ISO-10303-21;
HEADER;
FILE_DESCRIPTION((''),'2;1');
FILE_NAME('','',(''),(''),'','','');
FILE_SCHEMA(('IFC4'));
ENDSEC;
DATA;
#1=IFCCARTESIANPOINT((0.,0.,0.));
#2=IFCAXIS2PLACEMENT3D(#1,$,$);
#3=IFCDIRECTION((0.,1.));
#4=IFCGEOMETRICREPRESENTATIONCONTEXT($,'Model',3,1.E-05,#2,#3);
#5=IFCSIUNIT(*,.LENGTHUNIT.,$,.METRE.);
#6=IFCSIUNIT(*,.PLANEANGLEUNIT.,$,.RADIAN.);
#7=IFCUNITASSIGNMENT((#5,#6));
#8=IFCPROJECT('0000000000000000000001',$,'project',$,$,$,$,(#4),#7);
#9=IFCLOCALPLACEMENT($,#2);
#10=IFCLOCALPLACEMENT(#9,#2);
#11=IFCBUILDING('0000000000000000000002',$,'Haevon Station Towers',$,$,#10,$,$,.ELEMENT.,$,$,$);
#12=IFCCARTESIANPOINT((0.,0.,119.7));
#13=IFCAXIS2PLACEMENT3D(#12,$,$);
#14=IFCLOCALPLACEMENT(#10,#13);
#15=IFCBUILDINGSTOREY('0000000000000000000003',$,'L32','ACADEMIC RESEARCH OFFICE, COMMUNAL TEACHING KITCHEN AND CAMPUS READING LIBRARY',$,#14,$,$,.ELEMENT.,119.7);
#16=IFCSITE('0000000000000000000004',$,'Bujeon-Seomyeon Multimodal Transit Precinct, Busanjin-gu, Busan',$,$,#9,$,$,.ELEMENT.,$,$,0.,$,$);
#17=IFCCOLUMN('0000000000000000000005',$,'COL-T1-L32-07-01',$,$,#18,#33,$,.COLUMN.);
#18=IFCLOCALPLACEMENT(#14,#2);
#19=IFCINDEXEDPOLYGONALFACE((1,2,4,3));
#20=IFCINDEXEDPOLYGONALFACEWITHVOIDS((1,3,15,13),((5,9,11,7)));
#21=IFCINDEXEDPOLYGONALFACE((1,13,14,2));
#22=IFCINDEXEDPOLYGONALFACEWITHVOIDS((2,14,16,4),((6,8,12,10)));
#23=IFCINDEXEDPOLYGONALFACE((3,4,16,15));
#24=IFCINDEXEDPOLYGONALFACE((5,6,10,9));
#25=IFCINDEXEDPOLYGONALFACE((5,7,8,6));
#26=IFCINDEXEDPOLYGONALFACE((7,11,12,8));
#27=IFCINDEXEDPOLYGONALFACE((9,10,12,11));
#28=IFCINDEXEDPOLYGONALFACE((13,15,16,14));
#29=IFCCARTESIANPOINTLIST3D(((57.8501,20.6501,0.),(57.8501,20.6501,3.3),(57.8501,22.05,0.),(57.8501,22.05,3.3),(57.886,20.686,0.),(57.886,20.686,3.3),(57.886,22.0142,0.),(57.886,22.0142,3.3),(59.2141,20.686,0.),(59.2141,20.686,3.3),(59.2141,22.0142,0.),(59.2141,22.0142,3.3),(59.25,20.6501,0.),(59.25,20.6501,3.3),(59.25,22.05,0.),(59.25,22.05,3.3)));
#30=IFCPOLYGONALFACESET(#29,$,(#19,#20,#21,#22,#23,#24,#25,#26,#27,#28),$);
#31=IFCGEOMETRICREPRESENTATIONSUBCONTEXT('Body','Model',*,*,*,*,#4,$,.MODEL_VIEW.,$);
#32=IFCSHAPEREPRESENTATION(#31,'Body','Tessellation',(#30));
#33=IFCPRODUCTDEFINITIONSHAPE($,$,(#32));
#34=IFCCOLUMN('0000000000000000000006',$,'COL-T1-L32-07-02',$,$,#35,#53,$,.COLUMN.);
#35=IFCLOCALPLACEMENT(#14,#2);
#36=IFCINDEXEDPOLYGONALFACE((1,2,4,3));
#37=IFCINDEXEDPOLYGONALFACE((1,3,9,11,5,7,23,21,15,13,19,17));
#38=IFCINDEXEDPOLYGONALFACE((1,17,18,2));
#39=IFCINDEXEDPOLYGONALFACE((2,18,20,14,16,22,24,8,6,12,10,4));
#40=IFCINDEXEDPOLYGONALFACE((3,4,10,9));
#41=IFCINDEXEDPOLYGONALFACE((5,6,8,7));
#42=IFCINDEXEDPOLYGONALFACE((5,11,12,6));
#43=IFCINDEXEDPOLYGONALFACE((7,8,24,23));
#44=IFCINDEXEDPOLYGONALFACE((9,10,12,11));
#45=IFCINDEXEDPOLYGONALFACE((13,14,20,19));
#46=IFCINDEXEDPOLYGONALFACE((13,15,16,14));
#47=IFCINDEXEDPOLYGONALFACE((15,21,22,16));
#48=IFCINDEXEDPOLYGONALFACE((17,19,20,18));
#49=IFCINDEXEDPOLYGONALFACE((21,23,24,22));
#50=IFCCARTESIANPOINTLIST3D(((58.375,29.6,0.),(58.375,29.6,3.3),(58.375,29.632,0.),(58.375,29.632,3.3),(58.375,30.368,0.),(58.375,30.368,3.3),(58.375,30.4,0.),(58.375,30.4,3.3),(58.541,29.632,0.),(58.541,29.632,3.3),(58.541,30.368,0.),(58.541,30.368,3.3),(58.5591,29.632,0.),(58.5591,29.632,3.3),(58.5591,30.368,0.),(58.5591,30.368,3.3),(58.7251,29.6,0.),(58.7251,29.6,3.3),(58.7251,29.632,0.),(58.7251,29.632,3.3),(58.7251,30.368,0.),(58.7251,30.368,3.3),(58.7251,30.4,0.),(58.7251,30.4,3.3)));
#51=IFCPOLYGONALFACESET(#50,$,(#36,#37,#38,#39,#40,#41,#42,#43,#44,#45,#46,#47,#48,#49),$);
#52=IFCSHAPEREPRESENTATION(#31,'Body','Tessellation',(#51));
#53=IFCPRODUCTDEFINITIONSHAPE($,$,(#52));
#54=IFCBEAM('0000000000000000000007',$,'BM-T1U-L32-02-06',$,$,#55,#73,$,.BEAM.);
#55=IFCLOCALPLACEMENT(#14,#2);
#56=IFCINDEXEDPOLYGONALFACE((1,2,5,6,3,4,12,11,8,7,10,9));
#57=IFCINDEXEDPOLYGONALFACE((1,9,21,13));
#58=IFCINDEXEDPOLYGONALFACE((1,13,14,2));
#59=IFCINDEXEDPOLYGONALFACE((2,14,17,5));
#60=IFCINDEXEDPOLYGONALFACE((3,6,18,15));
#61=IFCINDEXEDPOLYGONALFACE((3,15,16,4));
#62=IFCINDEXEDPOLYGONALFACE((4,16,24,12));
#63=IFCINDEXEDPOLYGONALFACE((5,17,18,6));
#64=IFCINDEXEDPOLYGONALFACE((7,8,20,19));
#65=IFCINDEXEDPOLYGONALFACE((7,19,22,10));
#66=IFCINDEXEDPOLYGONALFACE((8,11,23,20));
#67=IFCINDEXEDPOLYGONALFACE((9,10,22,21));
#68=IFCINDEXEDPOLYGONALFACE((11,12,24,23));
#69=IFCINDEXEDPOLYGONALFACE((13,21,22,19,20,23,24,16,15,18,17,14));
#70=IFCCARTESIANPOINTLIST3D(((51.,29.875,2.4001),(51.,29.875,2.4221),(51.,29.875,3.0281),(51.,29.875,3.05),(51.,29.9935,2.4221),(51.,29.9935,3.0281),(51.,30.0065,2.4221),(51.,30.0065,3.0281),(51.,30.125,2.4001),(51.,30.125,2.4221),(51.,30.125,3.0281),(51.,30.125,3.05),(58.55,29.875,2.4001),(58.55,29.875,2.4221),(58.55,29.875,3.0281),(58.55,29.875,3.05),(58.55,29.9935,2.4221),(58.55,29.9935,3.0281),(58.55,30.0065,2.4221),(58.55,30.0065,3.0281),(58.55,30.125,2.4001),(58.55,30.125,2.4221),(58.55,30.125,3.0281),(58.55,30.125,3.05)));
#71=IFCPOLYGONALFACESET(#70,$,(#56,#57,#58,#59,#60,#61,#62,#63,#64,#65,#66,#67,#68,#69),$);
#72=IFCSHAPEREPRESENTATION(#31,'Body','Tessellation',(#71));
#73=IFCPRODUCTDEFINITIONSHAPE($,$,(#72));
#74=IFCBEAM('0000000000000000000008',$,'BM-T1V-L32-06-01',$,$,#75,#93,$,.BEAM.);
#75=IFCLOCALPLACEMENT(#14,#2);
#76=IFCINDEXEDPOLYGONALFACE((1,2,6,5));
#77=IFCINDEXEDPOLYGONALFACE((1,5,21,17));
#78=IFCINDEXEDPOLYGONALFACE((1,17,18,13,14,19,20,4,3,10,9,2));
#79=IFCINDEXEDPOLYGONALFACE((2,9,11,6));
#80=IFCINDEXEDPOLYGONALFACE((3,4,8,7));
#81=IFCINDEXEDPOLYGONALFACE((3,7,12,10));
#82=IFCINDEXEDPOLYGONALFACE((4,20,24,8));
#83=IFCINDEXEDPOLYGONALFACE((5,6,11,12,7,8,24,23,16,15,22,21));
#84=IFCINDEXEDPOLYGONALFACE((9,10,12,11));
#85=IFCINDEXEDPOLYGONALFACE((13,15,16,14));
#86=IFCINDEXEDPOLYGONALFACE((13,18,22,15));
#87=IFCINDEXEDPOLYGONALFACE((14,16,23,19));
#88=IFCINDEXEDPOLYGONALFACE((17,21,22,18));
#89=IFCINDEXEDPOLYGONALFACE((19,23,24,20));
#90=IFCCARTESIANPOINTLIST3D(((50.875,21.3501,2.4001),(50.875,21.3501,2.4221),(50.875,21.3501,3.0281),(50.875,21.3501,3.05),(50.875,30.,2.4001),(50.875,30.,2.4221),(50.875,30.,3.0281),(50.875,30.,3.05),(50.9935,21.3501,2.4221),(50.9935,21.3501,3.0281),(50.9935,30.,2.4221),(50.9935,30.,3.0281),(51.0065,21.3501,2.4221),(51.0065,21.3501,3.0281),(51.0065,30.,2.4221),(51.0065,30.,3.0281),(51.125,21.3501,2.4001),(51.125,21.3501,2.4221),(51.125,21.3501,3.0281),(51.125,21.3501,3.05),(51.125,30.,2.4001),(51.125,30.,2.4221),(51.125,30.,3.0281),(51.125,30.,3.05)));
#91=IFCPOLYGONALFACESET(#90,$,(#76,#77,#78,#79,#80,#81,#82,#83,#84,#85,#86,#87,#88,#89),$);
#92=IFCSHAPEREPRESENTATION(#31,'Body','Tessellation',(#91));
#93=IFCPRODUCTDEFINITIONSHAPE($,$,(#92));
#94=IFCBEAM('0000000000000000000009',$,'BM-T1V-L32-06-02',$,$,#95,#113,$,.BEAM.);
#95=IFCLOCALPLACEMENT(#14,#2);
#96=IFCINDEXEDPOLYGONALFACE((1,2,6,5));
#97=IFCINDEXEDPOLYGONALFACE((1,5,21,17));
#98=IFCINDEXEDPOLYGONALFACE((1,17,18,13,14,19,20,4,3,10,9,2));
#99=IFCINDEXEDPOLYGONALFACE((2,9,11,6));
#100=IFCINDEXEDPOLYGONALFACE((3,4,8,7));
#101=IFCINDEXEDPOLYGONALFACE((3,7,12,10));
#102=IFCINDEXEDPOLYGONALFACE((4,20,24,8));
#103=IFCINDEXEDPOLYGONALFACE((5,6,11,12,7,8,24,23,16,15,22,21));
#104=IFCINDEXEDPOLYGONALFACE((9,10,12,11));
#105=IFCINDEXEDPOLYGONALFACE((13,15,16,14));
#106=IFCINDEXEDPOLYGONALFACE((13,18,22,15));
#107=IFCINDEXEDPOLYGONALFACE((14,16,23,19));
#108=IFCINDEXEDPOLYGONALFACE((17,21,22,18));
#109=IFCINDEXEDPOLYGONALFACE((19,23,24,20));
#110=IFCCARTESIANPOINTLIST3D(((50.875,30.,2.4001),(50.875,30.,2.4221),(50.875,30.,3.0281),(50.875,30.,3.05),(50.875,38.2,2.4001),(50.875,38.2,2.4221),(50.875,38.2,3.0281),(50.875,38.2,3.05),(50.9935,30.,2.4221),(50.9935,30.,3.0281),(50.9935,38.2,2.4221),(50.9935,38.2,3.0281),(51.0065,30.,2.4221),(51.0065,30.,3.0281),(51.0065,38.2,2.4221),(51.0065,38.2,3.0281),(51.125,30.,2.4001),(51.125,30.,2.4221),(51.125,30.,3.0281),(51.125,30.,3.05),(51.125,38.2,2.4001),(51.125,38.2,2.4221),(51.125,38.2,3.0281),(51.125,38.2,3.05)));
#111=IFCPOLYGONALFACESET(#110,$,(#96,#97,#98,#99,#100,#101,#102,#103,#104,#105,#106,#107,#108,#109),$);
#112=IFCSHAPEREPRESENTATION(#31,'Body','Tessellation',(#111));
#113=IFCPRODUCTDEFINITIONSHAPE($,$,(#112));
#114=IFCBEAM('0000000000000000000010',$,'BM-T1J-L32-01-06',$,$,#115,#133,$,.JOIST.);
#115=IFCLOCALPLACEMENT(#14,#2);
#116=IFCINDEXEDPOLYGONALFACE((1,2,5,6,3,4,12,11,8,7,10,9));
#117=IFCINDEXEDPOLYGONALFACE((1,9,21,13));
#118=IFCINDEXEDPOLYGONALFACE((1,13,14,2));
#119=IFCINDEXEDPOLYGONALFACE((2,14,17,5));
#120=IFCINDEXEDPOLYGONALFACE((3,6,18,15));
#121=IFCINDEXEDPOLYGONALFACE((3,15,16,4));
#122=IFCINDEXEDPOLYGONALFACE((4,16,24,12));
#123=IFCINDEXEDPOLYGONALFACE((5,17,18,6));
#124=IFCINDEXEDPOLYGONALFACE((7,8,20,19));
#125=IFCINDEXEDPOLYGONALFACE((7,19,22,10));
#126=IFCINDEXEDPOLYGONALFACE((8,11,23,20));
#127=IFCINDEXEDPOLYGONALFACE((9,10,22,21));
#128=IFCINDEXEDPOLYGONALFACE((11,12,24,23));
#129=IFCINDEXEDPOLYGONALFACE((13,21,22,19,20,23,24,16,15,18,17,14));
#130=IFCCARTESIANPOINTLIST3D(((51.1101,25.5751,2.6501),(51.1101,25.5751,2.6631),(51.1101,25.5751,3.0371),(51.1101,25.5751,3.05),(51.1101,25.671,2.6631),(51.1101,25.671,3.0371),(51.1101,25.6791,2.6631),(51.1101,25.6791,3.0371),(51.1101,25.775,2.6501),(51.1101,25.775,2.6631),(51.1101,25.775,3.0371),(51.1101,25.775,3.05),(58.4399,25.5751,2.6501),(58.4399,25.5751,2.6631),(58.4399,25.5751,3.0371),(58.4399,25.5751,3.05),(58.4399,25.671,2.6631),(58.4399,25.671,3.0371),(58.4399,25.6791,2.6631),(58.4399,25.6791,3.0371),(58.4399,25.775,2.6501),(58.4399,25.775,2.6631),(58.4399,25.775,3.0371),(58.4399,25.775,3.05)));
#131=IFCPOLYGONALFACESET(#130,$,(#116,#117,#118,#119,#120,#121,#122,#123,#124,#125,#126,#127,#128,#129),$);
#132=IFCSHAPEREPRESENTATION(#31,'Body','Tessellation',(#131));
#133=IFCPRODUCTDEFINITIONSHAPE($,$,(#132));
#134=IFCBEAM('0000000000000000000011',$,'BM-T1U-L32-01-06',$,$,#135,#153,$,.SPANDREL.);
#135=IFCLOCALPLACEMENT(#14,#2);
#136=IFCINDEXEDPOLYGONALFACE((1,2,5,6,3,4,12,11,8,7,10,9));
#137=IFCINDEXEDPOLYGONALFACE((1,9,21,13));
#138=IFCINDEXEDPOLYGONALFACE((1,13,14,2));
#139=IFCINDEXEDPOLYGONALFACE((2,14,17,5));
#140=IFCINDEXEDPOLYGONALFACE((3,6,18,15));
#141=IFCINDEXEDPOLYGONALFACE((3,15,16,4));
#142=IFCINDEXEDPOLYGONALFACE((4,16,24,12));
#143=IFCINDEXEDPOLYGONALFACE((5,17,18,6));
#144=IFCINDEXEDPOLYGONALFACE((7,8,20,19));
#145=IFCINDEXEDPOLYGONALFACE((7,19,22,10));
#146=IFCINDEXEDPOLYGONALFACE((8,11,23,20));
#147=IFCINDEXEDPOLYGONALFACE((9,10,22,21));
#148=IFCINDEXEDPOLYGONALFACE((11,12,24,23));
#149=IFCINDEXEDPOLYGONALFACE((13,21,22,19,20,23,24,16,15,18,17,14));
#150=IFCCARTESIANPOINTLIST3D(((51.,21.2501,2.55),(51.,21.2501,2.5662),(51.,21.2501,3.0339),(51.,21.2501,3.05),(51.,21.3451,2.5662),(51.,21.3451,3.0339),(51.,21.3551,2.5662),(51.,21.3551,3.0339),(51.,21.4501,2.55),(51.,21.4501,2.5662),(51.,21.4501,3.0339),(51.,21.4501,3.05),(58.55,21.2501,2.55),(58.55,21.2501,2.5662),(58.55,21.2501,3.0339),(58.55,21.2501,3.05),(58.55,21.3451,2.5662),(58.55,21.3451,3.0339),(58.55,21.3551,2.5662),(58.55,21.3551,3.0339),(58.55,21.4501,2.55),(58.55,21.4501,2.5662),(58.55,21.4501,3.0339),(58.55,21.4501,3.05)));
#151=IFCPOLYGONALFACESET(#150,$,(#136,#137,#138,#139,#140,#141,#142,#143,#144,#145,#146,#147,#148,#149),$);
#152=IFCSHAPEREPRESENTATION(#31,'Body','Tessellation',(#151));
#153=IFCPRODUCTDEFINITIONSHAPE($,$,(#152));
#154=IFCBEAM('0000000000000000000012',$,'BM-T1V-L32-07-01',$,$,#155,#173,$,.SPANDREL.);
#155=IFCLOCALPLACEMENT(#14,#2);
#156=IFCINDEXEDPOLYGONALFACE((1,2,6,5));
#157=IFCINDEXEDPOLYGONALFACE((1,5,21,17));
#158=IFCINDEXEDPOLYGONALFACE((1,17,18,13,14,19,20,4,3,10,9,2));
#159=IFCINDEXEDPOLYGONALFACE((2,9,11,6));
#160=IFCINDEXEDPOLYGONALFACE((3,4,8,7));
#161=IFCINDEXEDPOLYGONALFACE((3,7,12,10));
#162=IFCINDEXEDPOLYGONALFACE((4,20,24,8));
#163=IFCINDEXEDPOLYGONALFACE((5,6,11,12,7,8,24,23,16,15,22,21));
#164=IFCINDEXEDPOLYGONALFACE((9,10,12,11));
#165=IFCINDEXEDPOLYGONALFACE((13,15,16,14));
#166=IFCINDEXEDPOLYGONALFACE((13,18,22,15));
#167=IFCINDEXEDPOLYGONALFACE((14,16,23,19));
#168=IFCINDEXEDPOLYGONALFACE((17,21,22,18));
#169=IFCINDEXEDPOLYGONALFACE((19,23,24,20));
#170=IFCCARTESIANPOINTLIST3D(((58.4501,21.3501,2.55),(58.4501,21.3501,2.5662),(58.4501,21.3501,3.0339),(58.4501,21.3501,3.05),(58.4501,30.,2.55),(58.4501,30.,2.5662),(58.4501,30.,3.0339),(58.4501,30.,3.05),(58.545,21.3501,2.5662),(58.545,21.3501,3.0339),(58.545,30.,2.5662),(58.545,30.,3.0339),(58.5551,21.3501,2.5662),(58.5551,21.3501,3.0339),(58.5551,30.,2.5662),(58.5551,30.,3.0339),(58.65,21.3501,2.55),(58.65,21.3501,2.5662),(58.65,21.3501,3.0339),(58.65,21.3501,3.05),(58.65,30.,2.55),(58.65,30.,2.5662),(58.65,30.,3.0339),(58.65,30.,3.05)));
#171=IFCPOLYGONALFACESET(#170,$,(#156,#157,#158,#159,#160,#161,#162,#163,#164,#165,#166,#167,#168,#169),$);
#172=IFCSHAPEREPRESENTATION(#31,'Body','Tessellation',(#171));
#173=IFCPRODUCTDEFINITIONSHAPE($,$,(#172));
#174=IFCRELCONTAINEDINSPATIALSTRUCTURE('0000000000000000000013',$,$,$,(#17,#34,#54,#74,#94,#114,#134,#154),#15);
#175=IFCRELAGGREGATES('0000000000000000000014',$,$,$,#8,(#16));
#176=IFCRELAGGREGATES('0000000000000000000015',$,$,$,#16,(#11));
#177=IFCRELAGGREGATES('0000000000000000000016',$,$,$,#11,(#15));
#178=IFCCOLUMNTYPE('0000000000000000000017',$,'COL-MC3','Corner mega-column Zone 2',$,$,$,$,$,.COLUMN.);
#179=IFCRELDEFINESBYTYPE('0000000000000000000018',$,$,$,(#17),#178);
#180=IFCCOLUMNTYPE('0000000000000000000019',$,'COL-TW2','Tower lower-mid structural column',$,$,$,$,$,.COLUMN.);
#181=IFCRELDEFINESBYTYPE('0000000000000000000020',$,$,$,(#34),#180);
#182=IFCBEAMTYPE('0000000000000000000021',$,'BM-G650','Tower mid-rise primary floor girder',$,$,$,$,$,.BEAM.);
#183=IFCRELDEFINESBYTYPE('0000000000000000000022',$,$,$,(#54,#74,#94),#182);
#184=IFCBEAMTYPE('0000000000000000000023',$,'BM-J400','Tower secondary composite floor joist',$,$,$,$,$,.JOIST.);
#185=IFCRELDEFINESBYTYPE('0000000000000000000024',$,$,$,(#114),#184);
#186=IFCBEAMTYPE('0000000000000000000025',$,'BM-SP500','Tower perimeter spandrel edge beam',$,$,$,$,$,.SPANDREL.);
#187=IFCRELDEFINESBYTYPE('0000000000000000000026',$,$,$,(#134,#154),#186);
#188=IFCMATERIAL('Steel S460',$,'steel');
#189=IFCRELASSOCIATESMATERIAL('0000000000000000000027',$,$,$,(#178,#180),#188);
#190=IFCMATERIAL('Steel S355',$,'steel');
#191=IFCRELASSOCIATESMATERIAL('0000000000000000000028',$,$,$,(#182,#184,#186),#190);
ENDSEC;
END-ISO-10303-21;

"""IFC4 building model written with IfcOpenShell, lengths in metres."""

from ifc_helpers import new_model, si_unit, direction, frame, origin, origin_2d, place, context, subcontext, project, spatial, hollow_rectangle, i_section, extrude, material, material_profile, profile_set, type_object, element, save


model = new_model("IFC4")

# Units and contexts
model_context = context("Model", 3, precision=1e-05, world=origin(), true_north=direction((0.0, 1.0)))
body_context = subcontext(model_context, "Body", "Model", "MODEL_VIEW")
ifc_project = project(units=[si_unit("LENGTHUNIT", "METRE"), si_unit("PLANEANGLEUNIT", "RADIAN")], contexts=[model_context])

# Site, building, storey
site_placement = place(None, origin())
site = spatial("IfcSite", under=ifc_project, at=site_placement, Name="Bujeon-Seomyeon Multimodal Transit Precinct, Busanjin-gu, Busan", CompositionType="ELEMENT", RefElevation=0.0)
building_placement = place(site_placement, origin())
building = spatial("IfcBuilding", under=site, at=building_placement, Name="Haevon Station Towers", CompositionType="ELEMENT")
storey_placement = place(building_placement, frame((0.0, 0.0, 119.7)))
storey = spatial("IfcBuildingStorey", under=building, at=storey_placement, Name="L32", Description="ACADEMIC RESEARCH OFFICE, COMMUNAL TEACHING KITCHEN AND CAMPUS READING LIBRARY", CompositionType="ELEMENT", Elevation=119.7)

# Columns
ifc_material_1 = material(Name="Steel S460", Category="steel")
ifc_material_profile_1 = material_profile(ifc_material_1, hollow_rectangle(XDim=1.3999, YDim=1.3999, WallThickness=0.0359, at=origin_2d()), Name="BOX-1400x1400x36")
ifc_profile_set_1 = profile_set([ifc_material_profile_1], Name="Steel S460")
column_type_1 = type_object("IfcColumnType", Name="COL-MC3", Description="Corner mega-column Zone 2", PredefinedType="COLUMN", material=ifc_profile_set_1)
column_1_placement = place(storey_placement, frame((58.55, 21.3501, 0.0), z_axis=(0.0, 0.0, 1.0), x_axis=(1.0, 0.0, 0.0)))
element("IfcColumn", 1, at=column_1_placement, inside=storey, type_object=column_type_1, Name="COL-T1-L32-07-01", PredefinedType="COLUMN", context=body_context, shape_type="SweptSolid", body=[
    extrude(hollow_rectangle(XDim=1.3999, YDim=1.3999, WallThickness=0.0359, at=origin_2d()), origin(), (0.0, 0.0, 1.0), 3.3),
])
ifc_material_profile_2 = material_profile(ifc_material_1, i_section(OverallWidth=0.3501, OverallDepth=0.8, WebThickness=0.0181, FlangeThickness=0.032, at=origin_2d()), Name="H-800x350x18x32")
ifc_profile_set_2 = profile_set([ifc_material_profile_2], Name="Steel S460")
column_type_2 = type_object("IfcColumnType", Name="COL-TW2", Description="Tower lower-mid structural column", PredefinedType="COLUMN", material=ifc_profile_set_2)
column_2_placement = place(storey_placement, frame((58.55, 30.0, 0.0), z_axis=(0.0, 0.0, 1.0), x_axis=(1.0, 0.0, 0.0)))
element("IfcColumn", 2, at=column_2_placement, inside=storey, type_object=column_type_2, Name="COL-T1-L32-07-02", PredefinedType="COLUMN", context=body_context, shape_type="SweptSolid", body=[
    extrude(i_section(OverallWidth=0.3501, OverallDepth=0.8, WebThickness=0.0181, FlangeThickness=0.032, at=origin_2d()), origin(), (0.0, 0.0, 1.0), 3.3),
])

# Beams
ifc_material_2 = material(Name="Steel S355", Category="steel")
ifc_material_profile_3 = material_profile(ifc_material_2, i_section(OverallWidth=0.25, OverallDepth=0.6499, WebThickness=0.0129, FlangeThickness=0.022, at=origin_2d()), Name="H-650x250x13x22")
ifc_profile_set_3 = profile_set([ifc_material_profile_3], Name="Steel S355")
beam_type_1 = type_object("IfcBeamType", Name="BM-G650", Description="Tower mid-rise primary floor girder", PredefinedType="BEAM", material=ifc_profile_set_3)
beam_1_placement = place(storey_placement, frame((51.0, 30.0, 2.7251), z_axis=(1.0, 0.0, 0.0), x_axis=(0.0, 1.0, 0.0)))
element("IfcBeam", 3, at=beam_1_placement, inside=storey, type_object=beam_type_1, Name="BM-T1U-L32-02-06", PredefinedType="BEAM", context=body_context, shape_type="SweptSolid", body=[
    extrude(i_section(OverallWidth=0.25, OverallDepth=0.6499, WebThickness=0.0129, FlangeThickness=0.022, at=origin_2d()), origin(), (0.0, 0.0, 1.0), 7.55),
])
beam_2_placement = place(storey_placement, frame((51.0, 21.3501, 2.7251), z_axis=(0.0, 1.0, 0.0), x_axis=(-1.0, 0.0, 0.0)))
element("IfcBeam", 4, at=beam_2_placement, inside=storey, type_object=beam_type_1, Name="BM-T1V-L32-06-01", PredefinedType="BEAM", context=body_context, shape_type="SweptSolid", body=[
    extrude(i_section(OverallWidth=0.25, OverallDepth=0.6499, WebThickness=0.0129, FlangeThickness=0.022, at=origin_2d()), origin(), (0.0, 0.0, 1.0), 8.6499),
])
beam_3_placement = place(storey_placement, frame((51.0, 30.0, 2.7251), z_axis=(0.0, 1.0, 0.0), x_axis=(-1.0, 0.0, 0.0)))
element("IfcBeam", 5, at=beam_3_placement, inside=storey, type_object=beam_type_1, Name="BM-T1V-L32-06-02", PredefinedType="BEAM", context=body_context, shape_type="SweptSolid", body=[
    extrude(i_section(OverallWidth=0.25, OverallDepth=0.6499, WebThickness=0.0129, FlangeThickness=0.022, at=origin_2d()), origin(), (0.0, 0.0, 1.0), 8.2),
])
ifc_material_profile_4 = material_profile(ifc_material_2, i_section(OverallWidth=0.2, OverallDepth=0.3999, WebThickness=0.0081, FlangeThickness=0.0129, at=origin_2d()), Name="H-400x200x8x13")
ifc_profile_set_4 = profile_set([ifc_material_profile_4], Name="Steel S355")
beam_type_2 = type_object("IfcBeamType", Name="BM-J400", Description="Tower secondary composite floor joist", PredefinedType="JOIST", material=ifc_profile_set_4)
beam_4_placement = place(storey_placement, frame((51.1101, 25.675, 2.8501), z_axis=(1.0, 0.0, 0.0), x_axis=(0.0, 1.0, 0.0)))
element("IfcBeam", 6, at=beam_4_placement, inside=storey, type_object=beam_type_2, Name="BM-T1J-L32-01-06", PredefinedType="JOIST", context=body_context, shape_type="SweptSolid", body=[
    extrude(i_section(OverallWidth=0.2, OverallDepth=0.3999, WebThickness=0.0081, FlangeThickness=0.0129, at=origin_2d()), origin(), (0.0, 0.0, 1.0), 7.3298),
])
ifc_material_profile_5 = material_profile(ifc_material_2, i_section(OverallWidth=0.2, OverallDepth=0.5, WebThickness=0.01, FlangeThickness=0.0161, at=origin_2d()), Name="H-500x200x10x16")
ifc_profile_set_5 = profile_set([ifc_material_profile_5], Name="Steel S355")
beam_type_3 = type_object("IfcBeamType", Name="BM-SP500", Description="Tower perimeter spandrel edge beam", PredefinedType="SPANDREL", material=ifc_profile_set_5)
beam_5_placement = place(storey_placement, frame((51.0, 21.3501, 2.8), z_axis=(1.0, 0.0, 0.0), x_axis=(0.0, 1.0, 0.0)))
element("IfcBeam", 7, at=beam_5_placement, inside=storey, type_object=beam_type_3, Name="BM-T1U-L32-01-06", PredefinedType="SPANDREL", context=body_context, shape_type="SweptSolid", body=[
    extrude(i_section(OverallWidth=0.2, OverallDepth=0.5, WebThickness=0.01, FlangeThickness=0.0161, at=origin_2d()), origin(), (0.0, 0.0, 1.0), 7.55),
])
beam_6_placement = place(storey_placement, frame((58.55, 21.3501, 2.8), z_axis=(0.0, 1.0, 0.0), x_axis=(-1.0, 0.0, 0.0)))
element("IfcBeam", 8, at=beam_6_placement, inside=storey, type_object=beam_type_3, Name="BM-T1V-L32-07-01", PredefinedType="SPANDREL", context=body_context, shape_type="SweptSolid", body=[
    extrude(i_section(OverallWidth=0.2, OverallDepth=0.5, WebThickness=0.01, FlangeThickness=0.0161, at=origin_2d()), origin(), (0.0, 0.0, 1.0), 8.6499),
])

save(model, "model.ifc")
